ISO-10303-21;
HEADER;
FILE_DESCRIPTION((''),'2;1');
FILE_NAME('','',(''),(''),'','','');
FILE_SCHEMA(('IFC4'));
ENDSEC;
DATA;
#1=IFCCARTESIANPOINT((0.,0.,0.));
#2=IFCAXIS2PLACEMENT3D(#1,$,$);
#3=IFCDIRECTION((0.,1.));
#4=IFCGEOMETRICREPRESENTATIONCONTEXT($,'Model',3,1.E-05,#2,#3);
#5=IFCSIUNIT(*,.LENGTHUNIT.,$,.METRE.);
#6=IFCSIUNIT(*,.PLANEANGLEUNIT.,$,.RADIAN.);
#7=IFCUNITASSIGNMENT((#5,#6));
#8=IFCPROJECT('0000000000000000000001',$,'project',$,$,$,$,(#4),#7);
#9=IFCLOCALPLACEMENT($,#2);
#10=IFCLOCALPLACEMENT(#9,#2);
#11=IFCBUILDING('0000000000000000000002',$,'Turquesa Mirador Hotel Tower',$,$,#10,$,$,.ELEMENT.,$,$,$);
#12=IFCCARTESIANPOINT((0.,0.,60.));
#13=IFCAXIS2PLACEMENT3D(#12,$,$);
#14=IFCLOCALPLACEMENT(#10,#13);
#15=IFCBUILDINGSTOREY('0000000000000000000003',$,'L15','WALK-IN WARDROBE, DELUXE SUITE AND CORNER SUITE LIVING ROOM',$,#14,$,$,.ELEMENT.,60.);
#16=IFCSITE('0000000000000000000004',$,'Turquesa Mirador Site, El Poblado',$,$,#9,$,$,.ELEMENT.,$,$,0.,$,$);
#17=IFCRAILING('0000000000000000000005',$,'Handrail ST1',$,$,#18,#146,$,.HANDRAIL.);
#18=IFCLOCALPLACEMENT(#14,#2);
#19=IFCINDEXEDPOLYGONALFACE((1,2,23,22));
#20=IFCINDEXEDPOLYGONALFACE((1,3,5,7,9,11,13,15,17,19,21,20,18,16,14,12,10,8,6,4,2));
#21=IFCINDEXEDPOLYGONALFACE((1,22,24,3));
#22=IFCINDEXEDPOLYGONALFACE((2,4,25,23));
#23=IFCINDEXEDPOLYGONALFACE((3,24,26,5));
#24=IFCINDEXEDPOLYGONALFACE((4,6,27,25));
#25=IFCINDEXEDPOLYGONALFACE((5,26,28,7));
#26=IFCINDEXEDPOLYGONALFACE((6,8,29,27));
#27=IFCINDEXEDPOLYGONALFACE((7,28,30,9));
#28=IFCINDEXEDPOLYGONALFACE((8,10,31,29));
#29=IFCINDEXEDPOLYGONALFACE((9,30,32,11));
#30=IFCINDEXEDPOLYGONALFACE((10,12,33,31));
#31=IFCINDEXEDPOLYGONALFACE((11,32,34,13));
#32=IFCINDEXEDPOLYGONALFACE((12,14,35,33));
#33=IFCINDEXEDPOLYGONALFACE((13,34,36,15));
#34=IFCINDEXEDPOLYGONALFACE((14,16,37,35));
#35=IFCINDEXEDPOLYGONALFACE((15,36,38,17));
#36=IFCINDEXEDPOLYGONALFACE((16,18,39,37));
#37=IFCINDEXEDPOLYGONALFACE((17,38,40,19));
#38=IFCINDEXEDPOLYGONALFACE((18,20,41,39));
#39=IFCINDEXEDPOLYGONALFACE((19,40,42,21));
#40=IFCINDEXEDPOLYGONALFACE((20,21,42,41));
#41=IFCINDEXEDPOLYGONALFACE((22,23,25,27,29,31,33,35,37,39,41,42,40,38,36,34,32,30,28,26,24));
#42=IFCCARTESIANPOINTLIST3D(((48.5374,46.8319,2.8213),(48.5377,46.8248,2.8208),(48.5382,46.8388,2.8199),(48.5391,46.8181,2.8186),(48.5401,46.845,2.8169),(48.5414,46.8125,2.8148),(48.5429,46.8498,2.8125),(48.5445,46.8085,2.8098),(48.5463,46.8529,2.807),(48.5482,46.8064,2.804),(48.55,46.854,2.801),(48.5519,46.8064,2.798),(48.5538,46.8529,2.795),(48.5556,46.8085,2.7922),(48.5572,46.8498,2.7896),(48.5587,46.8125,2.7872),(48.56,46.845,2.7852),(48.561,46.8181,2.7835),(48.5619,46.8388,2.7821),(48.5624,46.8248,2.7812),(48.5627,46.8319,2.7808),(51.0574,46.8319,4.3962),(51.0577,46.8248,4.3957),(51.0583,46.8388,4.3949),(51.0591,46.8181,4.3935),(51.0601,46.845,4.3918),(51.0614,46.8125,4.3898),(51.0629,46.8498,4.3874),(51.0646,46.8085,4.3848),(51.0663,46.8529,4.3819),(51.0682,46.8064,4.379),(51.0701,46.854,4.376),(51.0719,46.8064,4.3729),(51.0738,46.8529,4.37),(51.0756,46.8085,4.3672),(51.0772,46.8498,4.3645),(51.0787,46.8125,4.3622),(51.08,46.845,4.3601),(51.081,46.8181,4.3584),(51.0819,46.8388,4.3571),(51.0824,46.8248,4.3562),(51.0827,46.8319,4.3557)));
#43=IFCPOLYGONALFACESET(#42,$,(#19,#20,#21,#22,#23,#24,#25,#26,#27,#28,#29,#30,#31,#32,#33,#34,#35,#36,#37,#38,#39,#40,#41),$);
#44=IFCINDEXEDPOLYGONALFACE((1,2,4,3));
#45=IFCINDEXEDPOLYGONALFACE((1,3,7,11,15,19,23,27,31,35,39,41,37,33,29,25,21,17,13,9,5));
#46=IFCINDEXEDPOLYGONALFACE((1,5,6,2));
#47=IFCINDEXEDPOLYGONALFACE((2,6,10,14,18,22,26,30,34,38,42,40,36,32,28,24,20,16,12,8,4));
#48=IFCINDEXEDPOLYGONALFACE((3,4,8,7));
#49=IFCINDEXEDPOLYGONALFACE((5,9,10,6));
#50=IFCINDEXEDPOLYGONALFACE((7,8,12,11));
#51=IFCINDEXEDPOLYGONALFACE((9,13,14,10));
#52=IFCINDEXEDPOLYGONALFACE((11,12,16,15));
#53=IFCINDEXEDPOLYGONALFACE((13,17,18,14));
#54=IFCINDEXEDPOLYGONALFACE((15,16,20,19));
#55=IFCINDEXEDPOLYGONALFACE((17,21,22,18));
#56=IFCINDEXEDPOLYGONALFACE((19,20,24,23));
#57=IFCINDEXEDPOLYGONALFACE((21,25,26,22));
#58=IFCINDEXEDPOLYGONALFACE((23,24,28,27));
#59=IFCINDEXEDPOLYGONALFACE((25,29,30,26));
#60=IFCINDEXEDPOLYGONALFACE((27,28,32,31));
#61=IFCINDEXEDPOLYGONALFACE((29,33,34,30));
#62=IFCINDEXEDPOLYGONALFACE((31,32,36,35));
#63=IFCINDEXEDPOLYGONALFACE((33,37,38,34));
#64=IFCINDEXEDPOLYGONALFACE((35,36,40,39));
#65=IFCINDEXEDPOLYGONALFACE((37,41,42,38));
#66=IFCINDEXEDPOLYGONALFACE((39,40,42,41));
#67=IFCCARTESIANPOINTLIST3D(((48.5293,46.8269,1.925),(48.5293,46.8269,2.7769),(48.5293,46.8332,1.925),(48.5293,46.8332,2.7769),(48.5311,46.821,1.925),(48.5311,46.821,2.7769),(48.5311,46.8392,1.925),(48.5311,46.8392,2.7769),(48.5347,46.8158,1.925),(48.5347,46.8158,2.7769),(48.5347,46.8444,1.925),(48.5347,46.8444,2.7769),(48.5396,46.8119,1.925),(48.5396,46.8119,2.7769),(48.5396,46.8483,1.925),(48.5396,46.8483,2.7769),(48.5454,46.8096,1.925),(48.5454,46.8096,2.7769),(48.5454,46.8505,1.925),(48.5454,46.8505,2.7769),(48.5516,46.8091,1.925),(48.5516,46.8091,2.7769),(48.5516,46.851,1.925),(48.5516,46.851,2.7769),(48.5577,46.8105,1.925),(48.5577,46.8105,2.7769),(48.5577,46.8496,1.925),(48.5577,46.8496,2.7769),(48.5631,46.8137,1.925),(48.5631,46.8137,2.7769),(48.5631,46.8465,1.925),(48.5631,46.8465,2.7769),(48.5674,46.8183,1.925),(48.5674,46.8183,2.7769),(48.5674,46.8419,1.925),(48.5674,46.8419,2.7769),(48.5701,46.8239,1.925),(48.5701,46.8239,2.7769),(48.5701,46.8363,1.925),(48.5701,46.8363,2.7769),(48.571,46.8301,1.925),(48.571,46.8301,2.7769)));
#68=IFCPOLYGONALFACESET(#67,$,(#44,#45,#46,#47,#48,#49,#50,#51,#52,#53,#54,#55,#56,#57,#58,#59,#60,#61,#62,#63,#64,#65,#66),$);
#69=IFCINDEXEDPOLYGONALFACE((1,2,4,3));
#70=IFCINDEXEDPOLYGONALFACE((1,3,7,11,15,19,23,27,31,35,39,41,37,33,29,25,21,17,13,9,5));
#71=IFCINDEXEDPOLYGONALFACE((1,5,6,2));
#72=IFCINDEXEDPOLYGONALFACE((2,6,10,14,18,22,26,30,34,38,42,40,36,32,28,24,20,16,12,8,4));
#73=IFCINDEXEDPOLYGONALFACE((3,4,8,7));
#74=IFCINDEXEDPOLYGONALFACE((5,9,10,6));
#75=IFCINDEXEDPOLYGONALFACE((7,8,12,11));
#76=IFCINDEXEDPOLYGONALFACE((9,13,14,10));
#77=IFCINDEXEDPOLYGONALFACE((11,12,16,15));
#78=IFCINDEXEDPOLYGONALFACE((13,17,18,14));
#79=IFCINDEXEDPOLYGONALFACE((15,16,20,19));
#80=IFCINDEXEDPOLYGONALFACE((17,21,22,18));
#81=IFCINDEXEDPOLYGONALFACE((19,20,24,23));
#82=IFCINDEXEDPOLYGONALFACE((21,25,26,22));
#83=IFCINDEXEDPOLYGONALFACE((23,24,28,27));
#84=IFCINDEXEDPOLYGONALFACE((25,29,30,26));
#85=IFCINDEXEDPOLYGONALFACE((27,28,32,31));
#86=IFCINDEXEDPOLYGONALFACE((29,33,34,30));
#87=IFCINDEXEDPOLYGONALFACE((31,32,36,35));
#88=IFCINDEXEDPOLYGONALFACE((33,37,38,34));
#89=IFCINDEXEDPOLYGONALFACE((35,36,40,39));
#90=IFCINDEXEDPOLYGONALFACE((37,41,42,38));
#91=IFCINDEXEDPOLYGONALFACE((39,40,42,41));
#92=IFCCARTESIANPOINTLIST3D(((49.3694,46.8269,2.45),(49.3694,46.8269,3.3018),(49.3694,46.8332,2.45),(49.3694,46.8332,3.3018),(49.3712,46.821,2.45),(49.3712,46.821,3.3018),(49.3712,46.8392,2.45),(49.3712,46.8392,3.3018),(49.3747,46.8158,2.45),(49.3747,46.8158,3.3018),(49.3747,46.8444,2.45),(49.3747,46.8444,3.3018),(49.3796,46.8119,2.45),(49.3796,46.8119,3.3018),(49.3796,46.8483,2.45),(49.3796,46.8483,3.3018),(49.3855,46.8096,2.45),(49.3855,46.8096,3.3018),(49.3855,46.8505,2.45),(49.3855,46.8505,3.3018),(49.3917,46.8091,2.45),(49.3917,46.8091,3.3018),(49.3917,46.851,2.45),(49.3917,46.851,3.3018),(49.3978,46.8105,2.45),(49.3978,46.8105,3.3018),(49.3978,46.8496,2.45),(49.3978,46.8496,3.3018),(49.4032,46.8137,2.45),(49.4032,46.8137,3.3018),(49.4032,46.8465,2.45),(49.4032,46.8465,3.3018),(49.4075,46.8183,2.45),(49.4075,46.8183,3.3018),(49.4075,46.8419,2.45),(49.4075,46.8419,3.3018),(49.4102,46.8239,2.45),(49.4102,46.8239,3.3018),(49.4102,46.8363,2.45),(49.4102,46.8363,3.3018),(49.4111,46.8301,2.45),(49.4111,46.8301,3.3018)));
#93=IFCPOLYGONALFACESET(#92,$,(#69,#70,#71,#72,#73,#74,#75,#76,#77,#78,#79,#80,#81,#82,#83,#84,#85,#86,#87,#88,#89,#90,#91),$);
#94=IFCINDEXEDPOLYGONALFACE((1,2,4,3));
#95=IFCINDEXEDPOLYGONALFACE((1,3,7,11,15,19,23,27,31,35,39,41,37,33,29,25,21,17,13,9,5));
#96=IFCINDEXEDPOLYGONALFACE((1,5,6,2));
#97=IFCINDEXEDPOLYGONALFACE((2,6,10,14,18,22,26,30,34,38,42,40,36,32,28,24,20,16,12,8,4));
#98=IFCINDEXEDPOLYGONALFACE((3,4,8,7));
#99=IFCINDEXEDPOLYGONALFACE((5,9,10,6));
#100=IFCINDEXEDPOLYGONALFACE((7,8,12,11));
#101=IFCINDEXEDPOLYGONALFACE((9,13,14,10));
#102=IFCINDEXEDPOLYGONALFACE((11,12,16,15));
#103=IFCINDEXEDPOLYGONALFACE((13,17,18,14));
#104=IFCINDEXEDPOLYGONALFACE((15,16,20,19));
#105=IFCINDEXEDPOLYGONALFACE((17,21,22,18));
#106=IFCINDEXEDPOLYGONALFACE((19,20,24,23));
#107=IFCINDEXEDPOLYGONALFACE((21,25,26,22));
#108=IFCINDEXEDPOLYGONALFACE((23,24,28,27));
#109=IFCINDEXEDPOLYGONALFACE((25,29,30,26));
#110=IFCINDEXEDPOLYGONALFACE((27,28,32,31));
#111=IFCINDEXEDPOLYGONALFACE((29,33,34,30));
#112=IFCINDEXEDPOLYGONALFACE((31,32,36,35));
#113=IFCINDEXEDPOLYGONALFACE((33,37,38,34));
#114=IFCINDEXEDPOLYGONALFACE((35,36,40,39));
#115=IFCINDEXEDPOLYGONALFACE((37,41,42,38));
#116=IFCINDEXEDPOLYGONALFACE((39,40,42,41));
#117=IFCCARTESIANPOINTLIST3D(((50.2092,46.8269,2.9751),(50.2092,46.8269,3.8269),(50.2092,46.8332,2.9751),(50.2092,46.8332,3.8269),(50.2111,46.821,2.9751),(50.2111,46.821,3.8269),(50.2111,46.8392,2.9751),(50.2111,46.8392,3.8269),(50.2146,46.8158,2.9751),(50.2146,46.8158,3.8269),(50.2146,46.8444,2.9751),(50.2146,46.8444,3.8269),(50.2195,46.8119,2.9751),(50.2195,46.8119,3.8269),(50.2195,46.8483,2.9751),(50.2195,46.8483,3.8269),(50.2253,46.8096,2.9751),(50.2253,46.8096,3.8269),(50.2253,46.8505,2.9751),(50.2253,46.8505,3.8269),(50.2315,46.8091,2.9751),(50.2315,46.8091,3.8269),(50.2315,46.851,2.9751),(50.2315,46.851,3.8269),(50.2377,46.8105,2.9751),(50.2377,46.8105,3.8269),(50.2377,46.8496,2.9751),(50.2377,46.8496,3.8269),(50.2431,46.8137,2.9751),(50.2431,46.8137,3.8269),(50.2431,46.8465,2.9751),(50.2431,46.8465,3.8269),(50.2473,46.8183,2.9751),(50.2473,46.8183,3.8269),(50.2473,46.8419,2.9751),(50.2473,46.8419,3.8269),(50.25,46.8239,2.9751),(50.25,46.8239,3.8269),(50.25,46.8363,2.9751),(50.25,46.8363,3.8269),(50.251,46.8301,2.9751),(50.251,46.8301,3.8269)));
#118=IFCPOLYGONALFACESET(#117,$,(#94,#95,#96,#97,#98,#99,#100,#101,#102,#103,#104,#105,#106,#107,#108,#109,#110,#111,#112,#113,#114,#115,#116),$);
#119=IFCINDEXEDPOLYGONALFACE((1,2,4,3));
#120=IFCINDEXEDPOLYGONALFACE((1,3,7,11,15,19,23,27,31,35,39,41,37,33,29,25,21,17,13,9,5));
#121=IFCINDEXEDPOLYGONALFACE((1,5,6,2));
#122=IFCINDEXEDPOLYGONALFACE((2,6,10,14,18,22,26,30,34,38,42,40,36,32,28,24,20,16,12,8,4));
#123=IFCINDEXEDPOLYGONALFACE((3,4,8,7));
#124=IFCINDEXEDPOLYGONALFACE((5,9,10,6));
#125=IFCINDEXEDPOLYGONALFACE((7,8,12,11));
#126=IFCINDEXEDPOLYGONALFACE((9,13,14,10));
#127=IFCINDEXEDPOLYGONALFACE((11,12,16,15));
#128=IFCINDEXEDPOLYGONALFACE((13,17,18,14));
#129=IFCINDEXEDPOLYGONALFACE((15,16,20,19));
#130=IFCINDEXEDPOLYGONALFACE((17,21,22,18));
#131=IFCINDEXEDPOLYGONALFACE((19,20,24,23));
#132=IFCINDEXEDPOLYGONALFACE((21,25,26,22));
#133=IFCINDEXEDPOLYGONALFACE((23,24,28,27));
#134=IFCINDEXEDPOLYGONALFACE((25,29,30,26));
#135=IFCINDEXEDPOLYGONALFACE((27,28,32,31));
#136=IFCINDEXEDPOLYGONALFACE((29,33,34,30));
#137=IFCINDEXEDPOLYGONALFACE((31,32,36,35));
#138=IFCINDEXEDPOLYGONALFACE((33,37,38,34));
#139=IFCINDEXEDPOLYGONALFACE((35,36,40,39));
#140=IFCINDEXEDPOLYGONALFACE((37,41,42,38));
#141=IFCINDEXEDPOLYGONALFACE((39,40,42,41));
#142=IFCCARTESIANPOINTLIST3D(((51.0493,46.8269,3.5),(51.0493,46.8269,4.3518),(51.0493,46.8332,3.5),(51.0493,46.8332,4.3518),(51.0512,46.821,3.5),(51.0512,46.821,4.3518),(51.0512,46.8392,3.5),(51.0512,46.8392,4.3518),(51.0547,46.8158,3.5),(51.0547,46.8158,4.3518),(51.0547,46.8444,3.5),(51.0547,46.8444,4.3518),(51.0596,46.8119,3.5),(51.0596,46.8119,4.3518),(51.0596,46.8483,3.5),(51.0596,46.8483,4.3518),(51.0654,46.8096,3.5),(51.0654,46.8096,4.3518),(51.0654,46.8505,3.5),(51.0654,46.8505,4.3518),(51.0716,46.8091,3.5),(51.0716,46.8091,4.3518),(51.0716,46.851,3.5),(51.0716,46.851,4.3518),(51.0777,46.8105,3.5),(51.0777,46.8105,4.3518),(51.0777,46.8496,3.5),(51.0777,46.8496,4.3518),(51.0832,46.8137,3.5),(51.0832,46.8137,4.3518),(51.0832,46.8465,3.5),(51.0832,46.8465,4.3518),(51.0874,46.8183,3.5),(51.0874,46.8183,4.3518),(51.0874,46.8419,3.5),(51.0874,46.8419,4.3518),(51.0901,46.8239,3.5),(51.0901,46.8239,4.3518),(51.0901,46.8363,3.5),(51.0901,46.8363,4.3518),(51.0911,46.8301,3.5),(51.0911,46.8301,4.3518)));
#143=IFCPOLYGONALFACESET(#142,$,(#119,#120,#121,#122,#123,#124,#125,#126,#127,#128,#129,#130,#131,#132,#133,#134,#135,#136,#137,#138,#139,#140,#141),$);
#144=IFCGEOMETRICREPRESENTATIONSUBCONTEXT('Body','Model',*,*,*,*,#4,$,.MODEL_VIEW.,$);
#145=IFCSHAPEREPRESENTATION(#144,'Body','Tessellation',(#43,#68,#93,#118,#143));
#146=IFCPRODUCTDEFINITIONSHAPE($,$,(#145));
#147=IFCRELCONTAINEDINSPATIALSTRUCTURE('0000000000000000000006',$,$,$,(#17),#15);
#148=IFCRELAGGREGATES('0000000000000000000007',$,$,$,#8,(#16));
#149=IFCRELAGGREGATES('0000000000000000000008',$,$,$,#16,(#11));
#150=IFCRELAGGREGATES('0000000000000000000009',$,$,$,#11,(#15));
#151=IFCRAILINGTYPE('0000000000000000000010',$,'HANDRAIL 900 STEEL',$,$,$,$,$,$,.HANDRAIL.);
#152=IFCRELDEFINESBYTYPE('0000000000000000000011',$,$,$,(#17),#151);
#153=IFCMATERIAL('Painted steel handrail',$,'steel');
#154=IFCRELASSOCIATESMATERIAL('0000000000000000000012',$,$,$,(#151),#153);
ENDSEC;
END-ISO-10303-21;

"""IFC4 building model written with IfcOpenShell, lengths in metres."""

from ifc_helpers import new_model, si_unit, direction, frame, origin, origin_2d, place, context, subcontext, project, spatial, circle, extrude, material, type_object, element, save


model = new_model("IFC4")

# Units and contexts
model_context = context("Model", 3, precision=1e-05, world=origin(), true_north=direction((0.0, 1.0)))
body_context = subcontext(model_context, "Body", "Model", "MODEL_VIEW")
ifc_project = project(units=[si_unit("LENGTHUNIT", "METRE"), si_unit("PLANEANGLEUNIT", "RADIAN")], contexts=[model_context])

# Site, building, storey
site_placement = place(None, origin())
site = spatial("IfcSite", under=ifc_project, at=site_placement, Name="Turquesa Mirador Site, El Poblado", CompositionType="ELEMENT", RefElevation=0.0)
building_placement = place(site_placement, origin())
building = spatial("IfcBuilding", under=site, at=building_placement, Name="Turquesa Mirador Hotel Tower", CompositionType="ELEMENT")
storey_placement = place(building_placement, frame((0.0, 0.0, 60.0)))
storey = spatial("IfcBuildingStorey", under=building, at=storey_placement, Name="L15", Description="WALK-IN WARDROBE, DELUXE SUITE AND CORNER SUITE LIVING ROOM", CompositionType="ELEMENT", Elevation=60.0)

# Railing
ifc_material_1 = material(Name="Painted steel handrail", Category="steel")
railing_type = type_object("IfcRailingType", Name="HANDRAIL 900 STEEL", PredefinedType="HANDRAIL", material=ifc_material_1)
for number, where, name in (
    (1, (48.55, 46.8301, 1.925), "Handrail ST1"),
):
    element("IfcRailing", number, at=place(storey_placement, frame(where)), inside=storey, type_object=railing_type, Name=name, PredefinedType="HANDRAIL", context=body_context, shape_type="SweptSolid", body=[
        extrude(circle(Radius=0.0239, at=origin_2d()), frame((0.0, 0.0, 0.876), z_axis=(0.848008, 0.0, 0.529984), x_axis=(0.0, 1.0, 0.0)), (0.0, 0.0, 1.0), 2.9717),
        extrude(circle(Radius=0.021, at=origin_2d()), origin(), (0.0, 0.0, 1.0), 0.8518),
        extrude(circle(Radius=0.021, at=origin_2d()), frame((0.8401, 0.0, 0.5249)), (0.0, 0.0, 1.0), 0.8518),
        extrude(circle(Radius=0.021, at=origin_2d()), frame((1.6799, 0.0, 1.05)), (0.0, 0.0, 1.0), 0.8518),
        extrude(circle(Radius=0.021, at=origin_2d()), frame((2.52, 0.0, 1.575)), (0.0, 0.0, 1.0), 0.8518),
    ])

save(model, "model.ifc")
